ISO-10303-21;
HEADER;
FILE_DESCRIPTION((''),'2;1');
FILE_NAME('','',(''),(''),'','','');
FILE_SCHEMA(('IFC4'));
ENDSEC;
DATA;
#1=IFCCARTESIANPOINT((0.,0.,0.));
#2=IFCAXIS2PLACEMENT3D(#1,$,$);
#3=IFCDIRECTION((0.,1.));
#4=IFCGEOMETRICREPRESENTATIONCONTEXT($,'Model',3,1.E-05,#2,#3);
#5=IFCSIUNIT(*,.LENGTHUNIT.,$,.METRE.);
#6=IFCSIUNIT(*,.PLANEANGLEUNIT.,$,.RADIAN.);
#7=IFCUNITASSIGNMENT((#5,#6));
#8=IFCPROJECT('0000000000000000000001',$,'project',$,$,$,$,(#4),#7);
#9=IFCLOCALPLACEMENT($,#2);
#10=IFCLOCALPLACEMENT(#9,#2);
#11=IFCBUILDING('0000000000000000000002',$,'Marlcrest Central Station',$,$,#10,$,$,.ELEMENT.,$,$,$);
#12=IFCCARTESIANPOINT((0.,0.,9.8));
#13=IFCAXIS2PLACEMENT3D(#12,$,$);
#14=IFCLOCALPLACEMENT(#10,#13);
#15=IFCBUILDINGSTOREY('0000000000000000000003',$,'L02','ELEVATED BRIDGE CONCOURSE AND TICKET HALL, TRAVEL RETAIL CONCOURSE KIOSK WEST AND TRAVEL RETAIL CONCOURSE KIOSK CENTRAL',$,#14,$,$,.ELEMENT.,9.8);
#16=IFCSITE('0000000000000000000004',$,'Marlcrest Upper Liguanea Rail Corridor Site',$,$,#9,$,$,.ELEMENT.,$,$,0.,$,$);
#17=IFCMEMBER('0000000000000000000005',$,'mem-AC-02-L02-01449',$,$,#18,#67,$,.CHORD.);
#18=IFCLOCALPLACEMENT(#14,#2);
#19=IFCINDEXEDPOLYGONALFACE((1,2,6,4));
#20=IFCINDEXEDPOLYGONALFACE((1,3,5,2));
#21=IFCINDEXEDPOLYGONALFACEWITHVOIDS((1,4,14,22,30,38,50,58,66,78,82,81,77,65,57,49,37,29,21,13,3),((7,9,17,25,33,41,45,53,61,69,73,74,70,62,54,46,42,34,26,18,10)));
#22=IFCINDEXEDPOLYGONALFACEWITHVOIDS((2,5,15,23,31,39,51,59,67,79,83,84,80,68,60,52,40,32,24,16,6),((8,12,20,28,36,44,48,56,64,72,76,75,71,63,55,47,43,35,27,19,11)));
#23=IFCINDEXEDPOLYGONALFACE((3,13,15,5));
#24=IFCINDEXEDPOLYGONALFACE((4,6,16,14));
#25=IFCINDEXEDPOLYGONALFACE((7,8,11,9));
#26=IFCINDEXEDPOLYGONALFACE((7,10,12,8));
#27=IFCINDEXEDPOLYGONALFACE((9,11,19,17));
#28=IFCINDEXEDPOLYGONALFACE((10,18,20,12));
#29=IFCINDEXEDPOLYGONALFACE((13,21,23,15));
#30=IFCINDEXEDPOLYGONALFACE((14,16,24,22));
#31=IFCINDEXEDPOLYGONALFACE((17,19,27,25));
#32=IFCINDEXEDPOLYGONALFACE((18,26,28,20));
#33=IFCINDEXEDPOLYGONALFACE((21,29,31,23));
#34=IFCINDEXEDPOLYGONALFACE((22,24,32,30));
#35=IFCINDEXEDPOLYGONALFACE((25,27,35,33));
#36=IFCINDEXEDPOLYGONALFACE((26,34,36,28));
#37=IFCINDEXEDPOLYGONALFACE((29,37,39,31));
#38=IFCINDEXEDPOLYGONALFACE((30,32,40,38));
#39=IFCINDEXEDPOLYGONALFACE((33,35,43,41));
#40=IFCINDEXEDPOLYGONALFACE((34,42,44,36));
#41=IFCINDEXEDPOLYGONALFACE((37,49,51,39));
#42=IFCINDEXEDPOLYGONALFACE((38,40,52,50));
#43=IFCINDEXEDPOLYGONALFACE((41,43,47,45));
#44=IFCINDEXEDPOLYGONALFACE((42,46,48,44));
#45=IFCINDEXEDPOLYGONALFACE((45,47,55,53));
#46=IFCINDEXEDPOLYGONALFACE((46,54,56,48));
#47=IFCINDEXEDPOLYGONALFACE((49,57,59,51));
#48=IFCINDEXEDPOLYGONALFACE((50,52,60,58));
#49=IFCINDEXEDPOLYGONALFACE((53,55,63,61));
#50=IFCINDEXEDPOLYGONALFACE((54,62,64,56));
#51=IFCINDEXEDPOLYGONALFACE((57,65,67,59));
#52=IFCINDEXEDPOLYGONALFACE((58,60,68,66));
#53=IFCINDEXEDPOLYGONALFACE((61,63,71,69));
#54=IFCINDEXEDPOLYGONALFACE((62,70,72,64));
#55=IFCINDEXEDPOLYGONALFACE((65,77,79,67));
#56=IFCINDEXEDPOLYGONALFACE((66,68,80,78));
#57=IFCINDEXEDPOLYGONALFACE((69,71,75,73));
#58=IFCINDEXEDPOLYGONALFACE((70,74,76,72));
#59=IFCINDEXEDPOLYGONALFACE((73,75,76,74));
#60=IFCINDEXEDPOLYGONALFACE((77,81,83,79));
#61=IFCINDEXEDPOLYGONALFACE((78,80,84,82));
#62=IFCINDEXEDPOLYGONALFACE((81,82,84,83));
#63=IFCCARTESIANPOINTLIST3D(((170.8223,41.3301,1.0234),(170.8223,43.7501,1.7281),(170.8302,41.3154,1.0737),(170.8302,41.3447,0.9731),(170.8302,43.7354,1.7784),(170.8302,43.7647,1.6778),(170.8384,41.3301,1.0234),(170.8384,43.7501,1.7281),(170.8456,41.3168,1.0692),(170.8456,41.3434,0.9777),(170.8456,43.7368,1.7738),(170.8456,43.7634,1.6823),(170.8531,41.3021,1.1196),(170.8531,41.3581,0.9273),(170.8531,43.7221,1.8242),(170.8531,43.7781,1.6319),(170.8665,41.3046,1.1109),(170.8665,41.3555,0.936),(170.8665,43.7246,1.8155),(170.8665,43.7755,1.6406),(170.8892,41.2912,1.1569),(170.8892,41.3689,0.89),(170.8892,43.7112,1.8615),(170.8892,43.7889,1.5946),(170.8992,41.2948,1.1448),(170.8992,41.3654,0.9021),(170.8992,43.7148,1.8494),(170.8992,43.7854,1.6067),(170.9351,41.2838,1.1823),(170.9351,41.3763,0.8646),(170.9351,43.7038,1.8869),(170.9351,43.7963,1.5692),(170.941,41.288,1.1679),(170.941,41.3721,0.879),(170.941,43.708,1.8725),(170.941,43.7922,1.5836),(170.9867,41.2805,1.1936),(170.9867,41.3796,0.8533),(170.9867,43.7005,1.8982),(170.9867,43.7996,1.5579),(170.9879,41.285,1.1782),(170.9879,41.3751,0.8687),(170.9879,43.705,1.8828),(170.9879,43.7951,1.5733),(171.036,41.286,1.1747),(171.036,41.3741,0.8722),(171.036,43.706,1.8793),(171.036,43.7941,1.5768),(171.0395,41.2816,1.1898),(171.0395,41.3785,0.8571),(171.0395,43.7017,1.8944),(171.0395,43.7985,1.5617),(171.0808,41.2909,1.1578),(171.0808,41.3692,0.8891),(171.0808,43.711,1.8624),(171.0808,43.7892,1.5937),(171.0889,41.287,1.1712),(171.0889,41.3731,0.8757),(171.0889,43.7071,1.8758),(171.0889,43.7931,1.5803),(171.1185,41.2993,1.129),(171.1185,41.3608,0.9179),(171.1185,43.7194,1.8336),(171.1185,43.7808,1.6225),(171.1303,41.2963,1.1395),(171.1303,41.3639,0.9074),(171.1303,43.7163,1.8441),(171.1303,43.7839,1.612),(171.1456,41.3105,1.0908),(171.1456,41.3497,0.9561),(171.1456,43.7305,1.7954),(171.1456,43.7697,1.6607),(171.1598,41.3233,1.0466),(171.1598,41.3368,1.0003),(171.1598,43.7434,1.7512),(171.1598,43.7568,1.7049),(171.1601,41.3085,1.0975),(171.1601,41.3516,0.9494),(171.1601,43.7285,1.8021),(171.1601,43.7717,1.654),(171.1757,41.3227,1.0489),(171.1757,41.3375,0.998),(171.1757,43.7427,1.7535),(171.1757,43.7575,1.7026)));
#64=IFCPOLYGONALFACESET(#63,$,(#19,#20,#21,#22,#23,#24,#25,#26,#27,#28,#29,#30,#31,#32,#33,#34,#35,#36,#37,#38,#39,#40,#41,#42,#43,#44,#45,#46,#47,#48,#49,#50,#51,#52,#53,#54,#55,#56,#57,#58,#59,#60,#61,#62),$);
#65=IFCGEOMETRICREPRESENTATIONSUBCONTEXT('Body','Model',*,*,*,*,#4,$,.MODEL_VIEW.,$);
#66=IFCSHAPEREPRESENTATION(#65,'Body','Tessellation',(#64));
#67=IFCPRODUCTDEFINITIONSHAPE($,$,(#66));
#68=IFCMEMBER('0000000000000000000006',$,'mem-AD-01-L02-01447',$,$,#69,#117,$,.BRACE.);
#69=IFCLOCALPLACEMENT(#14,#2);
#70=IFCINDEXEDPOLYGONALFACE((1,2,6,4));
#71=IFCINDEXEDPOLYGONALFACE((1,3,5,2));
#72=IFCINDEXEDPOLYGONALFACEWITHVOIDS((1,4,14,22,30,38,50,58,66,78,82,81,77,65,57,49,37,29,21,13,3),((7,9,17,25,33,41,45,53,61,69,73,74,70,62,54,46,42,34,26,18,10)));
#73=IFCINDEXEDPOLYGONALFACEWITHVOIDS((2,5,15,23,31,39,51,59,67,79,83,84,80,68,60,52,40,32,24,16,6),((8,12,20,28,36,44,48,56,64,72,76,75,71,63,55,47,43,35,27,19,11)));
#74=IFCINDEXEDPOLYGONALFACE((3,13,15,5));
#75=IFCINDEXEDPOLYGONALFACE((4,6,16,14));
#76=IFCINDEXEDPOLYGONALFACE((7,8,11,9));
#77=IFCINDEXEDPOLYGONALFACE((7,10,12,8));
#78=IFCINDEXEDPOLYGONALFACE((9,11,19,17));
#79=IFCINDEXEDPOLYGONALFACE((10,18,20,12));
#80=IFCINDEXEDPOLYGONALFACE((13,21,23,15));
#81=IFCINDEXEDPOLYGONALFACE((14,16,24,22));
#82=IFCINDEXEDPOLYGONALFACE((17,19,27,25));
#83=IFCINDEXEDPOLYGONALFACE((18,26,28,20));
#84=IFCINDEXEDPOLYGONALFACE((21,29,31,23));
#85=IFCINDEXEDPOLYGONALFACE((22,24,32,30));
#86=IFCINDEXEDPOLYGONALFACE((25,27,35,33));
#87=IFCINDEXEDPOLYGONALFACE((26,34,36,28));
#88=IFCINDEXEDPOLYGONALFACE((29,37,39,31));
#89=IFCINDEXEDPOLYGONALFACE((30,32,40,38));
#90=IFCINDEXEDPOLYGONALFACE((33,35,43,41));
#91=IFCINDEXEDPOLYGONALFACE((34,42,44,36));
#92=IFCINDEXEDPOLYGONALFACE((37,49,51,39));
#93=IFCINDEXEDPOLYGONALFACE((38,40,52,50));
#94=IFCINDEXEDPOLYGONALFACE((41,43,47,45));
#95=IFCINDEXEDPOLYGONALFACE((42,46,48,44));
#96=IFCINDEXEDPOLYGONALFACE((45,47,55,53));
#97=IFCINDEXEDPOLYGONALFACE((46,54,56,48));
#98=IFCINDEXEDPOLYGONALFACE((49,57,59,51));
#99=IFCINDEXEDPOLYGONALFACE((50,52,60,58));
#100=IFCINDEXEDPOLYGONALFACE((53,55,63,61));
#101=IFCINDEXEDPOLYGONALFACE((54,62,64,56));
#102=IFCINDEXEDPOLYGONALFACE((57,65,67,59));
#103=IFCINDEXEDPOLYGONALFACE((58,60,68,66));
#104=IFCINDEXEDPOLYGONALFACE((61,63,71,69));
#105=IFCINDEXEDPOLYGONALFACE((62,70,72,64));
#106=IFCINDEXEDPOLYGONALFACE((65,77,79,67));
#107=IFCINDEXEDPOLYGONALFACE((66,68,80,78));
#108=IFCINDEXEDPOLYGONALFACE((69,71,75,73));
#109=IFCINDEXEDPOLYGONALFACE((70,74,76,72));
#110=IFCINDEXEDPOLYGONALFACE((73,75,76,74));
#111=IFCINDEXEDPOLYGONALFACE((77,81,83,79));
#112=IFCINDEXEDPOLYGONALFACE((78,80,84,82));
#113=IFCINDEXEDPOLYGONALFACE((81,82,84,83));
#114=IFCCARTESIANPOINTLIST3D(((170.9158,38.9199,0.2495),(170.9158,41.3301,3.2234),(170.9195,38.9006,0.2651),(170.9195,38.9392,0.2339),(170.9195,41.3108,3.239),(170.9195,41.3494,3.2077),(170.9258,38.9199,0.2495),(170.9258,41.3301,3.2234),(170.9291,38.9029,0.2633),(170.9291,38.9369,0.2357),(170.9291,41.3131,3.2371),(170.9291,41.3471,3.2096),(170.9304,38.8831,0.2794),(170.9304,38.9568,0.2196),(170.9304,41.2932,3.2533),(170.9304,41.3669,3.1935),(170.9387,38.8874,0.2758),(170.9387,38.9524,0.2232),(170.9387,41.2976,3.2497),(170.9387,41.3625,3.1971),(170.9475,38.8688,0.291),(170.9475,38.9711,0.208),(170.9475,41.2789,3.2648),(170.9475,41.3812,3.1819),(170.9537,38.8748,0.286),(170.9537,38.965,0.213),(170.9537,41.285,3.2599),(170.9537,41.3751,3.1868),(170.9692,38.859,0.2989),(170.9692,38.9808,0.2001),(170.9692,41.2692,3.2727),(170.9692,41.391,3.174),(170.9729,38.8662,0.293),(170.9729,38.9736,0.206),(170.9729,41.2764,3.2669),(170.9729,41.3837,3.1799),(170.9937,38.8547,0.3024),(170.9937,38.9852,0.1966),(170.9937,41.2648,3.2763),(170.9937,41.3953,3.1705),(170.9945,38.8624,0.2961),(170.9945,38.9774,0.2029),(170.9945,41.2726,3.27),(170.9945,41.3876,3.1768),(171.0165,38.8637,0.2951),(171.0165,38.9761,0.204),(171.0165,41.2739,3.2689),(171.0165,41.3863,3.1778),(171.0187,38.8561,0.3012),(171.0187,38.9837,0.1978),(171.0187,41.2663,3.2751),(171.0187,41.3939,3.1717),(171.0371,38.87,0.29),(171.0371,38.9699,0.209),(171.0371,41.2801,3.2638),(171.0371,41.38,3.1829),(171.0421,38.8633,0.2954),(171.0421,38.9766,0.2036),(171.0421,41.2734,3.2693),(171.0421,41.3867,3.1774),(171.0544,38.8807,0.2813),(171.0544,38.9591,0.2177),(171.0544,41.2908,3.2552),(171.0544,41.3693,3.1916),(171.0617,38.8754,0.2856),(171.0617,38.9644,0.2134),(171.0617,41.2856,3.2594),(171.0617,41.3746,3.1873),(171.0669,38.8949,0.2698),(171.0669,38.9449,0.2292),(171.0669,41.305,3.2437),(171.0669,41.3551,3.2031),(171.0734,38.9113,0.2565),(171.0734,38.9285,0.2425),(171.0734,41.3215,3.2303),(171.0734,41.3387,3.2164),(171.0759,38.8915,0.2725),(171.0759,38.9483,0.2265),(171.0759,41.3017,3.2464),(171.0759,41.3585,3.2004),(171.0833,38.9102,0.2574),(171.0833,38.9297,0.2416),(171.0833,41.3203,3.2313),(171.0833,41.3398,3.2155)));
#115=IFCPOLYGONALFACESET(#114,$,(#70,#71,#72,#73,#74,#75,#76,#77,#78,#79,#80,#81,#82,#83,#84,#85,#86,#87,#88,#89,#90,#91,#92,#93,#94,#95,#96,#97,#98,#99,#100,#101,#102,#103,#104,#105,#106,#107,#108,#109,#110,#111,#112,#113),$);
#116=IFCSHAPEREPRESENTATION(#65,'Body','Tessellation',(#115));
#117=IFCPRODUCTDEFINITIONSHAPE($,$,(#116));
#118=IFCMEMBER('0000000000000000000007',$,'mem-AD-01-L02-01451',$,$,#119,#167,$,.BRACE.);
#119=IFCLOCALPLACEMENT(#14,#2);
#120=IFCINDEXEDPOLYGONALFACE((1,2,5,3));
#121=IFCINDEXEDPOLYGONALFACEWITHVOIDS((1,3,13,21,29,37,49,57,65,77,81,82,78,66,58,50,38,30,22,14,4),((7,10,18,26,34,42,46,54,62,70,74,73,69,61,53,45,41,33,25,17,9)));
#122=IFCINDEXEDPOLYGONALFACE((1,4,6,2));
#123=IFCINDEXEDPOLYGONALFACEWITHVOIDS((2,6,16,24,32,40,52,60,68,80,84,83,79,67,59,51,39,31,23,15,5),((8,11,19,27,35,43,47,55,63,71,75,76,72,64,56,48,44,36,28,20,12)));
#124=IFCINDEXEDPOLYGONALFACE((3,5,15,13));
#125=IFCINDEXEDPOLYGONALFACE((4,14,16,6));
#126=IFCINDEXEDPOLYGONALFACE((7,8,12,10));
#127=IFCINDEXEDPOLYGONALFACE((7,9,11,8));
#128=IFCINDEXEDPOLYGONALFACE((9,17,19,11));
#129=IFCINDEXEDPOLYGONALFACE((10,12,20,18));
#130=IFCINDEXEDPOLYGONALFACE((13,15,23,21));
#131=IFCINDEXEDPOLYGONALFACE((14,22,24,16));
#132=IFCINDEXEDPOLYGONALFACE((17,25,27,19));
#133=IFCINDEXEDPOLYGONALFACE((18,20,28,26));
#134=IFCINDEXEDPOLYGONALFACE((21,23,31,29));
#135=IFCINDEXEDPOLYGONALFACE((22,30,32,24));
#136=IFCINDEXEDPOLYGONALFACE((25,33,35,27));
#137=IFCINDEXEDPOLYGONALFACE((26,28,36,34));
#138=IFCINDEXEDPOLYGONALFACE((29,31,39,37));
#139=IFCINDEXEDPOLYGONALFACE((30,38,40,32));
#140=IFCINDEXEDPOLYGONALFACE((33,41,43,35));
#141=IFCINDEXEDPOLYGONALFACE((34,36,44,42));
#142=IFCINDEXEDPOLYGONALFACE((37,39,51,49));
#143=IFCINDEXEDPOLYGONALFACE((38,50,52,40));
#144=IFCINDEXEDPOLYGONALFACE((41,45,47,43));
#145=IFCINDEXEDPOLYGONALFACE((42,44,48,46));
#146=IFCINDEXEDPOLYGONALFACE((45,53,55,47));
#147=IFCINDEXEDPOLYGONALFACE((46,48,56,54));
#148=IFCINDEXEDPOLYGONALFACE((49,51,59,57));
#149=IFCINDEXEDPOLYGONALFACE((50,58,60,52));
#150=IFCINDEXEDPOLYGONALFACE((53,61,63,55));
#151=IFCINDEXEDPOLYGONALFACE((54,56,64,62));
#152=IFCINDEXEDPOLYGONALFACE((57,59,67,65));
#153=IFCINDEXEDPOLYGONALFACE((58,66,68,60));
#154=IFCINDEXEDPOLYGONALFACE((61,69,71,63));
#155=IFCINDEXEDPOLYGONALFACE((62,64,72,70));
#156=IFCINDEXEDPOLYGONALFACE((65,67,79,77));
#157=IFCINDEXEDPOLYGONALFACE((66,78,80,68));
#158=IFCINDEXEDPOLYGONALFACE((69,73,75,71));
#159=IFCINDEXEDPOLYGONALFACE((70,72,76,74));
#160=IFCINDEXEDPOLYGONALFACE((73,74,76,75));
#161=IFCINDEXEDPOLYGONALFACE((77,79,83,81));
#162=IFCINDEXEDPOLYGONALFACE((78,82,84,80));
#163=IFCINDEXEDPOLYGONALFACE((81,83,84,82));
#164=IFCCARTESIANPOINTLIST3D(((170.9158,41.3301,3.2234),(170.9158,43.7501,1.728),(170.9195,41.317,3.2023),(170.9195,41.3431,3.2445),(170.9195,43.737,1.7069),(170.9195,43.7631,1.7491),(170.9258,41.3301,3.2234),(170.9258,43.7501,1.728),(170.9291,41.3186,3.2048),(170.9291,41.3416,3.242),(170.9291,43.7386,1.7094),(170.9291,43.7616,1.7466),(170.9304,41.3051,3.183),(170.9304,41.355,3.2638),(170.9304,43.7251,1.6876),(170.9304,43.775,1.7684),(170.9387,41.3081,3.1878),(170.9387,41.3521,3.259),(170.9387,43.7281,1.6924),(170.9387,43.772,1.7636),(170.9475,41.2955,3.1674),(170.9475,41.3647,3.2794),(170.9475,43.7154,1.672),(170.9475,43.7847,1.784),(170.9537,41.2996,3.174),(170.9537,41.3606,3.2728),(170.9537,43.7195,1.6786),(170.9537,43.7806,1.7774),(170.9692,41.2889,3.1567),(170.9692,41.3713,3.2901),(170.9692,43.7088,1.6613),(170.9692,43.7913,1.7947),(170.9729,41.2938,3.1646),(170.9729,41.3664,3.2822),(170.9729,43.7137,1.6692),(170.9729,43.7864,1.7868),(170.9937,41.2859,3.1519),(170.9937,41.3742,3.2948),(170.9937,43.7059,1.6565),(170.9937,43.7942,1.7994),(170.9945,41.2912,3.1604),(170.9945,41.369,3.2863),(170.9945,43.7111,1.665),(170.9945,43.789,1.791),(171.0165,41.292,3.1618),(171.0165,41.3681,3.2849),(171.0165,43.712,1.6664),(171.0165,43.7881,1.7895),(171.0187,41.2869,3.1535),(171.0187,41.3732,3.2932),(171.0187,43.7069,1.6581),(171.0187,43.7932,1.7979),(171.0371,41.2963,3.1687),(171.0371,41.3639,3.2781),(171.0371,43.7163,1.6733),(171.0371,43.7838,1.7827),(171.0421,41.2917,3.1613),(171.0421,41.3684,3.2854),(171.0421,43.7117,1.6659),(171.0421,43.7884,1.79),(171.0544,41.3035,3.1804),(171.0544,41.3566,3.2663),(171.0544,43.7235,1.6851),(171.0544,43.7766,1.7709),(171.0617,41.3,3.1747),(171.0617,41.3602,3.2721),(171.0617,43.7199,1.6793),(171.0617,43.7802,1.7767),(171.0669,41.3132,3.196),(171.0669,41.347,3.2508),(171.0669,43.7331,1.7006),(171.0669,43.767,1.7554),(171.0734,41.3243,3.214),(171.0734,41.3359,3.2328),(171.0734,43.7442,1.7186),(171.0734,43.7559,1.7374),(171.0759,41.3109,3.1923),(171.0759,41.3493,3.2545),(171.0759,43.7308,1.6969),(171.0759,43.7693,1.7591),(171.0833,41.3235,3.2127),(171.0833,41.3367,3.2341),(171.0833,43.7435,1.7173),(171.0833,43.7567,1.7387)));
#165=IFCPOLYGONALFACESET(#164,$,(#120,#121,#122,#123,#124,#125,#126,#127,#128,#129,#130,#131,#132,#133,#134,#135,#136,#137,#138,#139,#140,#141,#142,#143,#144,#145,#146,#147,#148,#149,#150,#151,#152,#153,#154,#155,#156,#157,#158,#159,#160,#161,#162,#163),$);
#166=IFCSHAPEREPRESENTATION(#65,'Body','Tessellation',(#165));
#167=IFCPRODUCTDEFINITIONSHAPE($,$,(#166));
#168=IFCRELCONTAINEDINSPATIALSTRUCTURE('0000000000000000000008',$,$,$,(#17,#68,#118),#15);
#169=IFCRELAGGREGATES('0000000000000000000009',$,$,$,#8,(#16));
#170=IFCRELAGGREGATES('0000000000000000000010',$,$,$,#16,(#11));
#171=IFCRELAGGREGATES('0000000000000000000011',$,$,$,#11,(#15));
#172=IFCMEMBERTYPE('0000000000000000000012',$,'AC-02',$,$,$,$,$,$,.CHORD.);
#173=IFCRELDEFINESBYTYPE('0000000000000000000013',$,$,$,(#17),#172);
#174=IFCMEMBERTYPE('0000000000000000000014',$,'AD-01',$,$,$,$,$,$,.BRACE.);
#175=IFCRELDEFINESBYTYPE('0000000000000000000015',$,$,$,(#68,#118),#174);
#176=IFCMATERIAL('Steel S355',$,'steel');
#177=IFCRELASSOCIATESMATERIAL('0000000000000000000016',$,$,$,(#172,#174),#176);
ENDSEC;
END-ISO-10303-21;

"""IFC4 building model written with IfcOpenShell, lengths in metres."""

from ifc_helpers import new_model, si_unit, direction, frame, origin, origin_2d, place, context, subcontext, project, spatial, hollow_circle, extrude, material, material_profile, profile_set, type_object, element, save


model = new_model("IFC4")

# Units and contexts
model_context = context("Model", 3, precision=1e-05, world=origin(), true_north=direction((0.0, 1.0)))
body_context = subcontext(model_context, "Body", "Model", "MODEL_VIEW")
ifc_project = project(units=[si_unit("LENGTHUNIT", "METRE"), si_unit("PLANEANGLEUNIT", "RADIAN")], contexts=[model_context])

# Site, building, storey
site_placement = place(None, origin())
site = spatial("IfcSite", under=ifc_project, at=site_placement, Name="Marlcrest Upper Liguanea Rail Corridor Site", CompositionType="ELEMENT", RefElevation=0.0)
building_placement = place(site_placement, origin())
building = spatial("IfcBuilding", under=site, at=building_placement, Name="Marlcrest Central Station", CompositionType="ELEMENT")
storey_placement = place(building_placement, frame((0.0, 0.0, 9.8)))
storey = spatial("IfcBuildingStorey", under=building, at=storey_placement, Name="L02", Description="ELEVATED BRIDGE CONCOURSE AND TICKET HALL, TRAVEL RETAIL CONCOURSE KIOSK WEST AND TRAVEL RETAIL CONCOURSE KIOSK CENTRAL", CompositionType="ELEMENT", Elevation=9.8)

# Members
ifc_material_1 = material(Name="Steel S355", Category="steel")
ifc_material_profile_1 = material_profile(ifc_material_1, hollow_circle(Radius=0.1777, WallThickness=0.0161, at=origin_2d()), Name="CHS 355.6x16")
ifc_profile_set_1 = profile_set([ifc_material_profile_1], Name="Steel S355")
member_type_1 = type_object("IfcMemberType", Name="AC-02", PredefinedType="CHORD", material=ifc_profile_set_1)
member_1_placement = place(storey_placement, frame((171.0, 41.3301, 1.0234), z_axis=(0.0, 0.96013, 0.279554), x_axis=(-1.0, 0.0, 0.0)))
element("IfcMember", 1, at=member_1_placement, inside=storey, type_object=member_type_1, Name="mem-AC-02-L02-01449", PredefinedType="CHORD", context=body_context, shape_type="SweptSolid", body=[
    extrude(hollow_circle(Radius=0.1777, WallThickness=0.0161, at=origin_2d()), origin(), (0.0, 0.0, 1.0), 2.5205),
])
ifc_material_profile_2 = material_profile(ifc_material_1, hollow_circle(Radius=0.0842, WallThickness=0.01, at=origin_2d()), Name="CHS 168.3x10")
ifc_profile_set_2 = profile_set([ifc_material_profile_2], Name="Steel S355")
member_type_2 = type_object("IfcMemberType", Name="AD-01", PredefinedType="BRACE", material=ifc_profile_set_2)
member_2_placement = place(storey_placement, frame((171.0, 38.9199, 0.2495), z_axis=(0.0, 0.629629, 0.776896), x_axis=(-1.0, 0.0, 0.0)))
element("IfcMember", 2, at=member_2_placement, inside=storey, type_object=member_type_2, Name="mem-AD-01-L02-01447", PredefinedType="BRACE", context=body_context, shape_type="SweptSolid", body=[
    extrude(hollow_circle(Radius=0.0842, WallThickness=0.01, at=origin_2d()), origin(), (0.0, 0.0, 1.0), 3.8279),
])
member_3_placement = place(storey_placement, frame((171.0, 41.3301, 3.2234), z_axis=(0.0, 0.850687, -0.525672), x_axis=(-1.0, 0.0, 0.0)))
element("IfcMember", 3, at=member_3_placement, inside=storey, type_object=member_type_2, Name="mem-AD-01-L02-01451", PredefinedType="BRACE", context=body_context, shape_type="SweptSolid", body=[
    extrude(hollow_circle(Radius=0.0842, WallThickness=0.01, at=origin_2d()), origin(), (0.0, 0.0, 1.0), 2.8447),
])

save(model, "model.ifc")
